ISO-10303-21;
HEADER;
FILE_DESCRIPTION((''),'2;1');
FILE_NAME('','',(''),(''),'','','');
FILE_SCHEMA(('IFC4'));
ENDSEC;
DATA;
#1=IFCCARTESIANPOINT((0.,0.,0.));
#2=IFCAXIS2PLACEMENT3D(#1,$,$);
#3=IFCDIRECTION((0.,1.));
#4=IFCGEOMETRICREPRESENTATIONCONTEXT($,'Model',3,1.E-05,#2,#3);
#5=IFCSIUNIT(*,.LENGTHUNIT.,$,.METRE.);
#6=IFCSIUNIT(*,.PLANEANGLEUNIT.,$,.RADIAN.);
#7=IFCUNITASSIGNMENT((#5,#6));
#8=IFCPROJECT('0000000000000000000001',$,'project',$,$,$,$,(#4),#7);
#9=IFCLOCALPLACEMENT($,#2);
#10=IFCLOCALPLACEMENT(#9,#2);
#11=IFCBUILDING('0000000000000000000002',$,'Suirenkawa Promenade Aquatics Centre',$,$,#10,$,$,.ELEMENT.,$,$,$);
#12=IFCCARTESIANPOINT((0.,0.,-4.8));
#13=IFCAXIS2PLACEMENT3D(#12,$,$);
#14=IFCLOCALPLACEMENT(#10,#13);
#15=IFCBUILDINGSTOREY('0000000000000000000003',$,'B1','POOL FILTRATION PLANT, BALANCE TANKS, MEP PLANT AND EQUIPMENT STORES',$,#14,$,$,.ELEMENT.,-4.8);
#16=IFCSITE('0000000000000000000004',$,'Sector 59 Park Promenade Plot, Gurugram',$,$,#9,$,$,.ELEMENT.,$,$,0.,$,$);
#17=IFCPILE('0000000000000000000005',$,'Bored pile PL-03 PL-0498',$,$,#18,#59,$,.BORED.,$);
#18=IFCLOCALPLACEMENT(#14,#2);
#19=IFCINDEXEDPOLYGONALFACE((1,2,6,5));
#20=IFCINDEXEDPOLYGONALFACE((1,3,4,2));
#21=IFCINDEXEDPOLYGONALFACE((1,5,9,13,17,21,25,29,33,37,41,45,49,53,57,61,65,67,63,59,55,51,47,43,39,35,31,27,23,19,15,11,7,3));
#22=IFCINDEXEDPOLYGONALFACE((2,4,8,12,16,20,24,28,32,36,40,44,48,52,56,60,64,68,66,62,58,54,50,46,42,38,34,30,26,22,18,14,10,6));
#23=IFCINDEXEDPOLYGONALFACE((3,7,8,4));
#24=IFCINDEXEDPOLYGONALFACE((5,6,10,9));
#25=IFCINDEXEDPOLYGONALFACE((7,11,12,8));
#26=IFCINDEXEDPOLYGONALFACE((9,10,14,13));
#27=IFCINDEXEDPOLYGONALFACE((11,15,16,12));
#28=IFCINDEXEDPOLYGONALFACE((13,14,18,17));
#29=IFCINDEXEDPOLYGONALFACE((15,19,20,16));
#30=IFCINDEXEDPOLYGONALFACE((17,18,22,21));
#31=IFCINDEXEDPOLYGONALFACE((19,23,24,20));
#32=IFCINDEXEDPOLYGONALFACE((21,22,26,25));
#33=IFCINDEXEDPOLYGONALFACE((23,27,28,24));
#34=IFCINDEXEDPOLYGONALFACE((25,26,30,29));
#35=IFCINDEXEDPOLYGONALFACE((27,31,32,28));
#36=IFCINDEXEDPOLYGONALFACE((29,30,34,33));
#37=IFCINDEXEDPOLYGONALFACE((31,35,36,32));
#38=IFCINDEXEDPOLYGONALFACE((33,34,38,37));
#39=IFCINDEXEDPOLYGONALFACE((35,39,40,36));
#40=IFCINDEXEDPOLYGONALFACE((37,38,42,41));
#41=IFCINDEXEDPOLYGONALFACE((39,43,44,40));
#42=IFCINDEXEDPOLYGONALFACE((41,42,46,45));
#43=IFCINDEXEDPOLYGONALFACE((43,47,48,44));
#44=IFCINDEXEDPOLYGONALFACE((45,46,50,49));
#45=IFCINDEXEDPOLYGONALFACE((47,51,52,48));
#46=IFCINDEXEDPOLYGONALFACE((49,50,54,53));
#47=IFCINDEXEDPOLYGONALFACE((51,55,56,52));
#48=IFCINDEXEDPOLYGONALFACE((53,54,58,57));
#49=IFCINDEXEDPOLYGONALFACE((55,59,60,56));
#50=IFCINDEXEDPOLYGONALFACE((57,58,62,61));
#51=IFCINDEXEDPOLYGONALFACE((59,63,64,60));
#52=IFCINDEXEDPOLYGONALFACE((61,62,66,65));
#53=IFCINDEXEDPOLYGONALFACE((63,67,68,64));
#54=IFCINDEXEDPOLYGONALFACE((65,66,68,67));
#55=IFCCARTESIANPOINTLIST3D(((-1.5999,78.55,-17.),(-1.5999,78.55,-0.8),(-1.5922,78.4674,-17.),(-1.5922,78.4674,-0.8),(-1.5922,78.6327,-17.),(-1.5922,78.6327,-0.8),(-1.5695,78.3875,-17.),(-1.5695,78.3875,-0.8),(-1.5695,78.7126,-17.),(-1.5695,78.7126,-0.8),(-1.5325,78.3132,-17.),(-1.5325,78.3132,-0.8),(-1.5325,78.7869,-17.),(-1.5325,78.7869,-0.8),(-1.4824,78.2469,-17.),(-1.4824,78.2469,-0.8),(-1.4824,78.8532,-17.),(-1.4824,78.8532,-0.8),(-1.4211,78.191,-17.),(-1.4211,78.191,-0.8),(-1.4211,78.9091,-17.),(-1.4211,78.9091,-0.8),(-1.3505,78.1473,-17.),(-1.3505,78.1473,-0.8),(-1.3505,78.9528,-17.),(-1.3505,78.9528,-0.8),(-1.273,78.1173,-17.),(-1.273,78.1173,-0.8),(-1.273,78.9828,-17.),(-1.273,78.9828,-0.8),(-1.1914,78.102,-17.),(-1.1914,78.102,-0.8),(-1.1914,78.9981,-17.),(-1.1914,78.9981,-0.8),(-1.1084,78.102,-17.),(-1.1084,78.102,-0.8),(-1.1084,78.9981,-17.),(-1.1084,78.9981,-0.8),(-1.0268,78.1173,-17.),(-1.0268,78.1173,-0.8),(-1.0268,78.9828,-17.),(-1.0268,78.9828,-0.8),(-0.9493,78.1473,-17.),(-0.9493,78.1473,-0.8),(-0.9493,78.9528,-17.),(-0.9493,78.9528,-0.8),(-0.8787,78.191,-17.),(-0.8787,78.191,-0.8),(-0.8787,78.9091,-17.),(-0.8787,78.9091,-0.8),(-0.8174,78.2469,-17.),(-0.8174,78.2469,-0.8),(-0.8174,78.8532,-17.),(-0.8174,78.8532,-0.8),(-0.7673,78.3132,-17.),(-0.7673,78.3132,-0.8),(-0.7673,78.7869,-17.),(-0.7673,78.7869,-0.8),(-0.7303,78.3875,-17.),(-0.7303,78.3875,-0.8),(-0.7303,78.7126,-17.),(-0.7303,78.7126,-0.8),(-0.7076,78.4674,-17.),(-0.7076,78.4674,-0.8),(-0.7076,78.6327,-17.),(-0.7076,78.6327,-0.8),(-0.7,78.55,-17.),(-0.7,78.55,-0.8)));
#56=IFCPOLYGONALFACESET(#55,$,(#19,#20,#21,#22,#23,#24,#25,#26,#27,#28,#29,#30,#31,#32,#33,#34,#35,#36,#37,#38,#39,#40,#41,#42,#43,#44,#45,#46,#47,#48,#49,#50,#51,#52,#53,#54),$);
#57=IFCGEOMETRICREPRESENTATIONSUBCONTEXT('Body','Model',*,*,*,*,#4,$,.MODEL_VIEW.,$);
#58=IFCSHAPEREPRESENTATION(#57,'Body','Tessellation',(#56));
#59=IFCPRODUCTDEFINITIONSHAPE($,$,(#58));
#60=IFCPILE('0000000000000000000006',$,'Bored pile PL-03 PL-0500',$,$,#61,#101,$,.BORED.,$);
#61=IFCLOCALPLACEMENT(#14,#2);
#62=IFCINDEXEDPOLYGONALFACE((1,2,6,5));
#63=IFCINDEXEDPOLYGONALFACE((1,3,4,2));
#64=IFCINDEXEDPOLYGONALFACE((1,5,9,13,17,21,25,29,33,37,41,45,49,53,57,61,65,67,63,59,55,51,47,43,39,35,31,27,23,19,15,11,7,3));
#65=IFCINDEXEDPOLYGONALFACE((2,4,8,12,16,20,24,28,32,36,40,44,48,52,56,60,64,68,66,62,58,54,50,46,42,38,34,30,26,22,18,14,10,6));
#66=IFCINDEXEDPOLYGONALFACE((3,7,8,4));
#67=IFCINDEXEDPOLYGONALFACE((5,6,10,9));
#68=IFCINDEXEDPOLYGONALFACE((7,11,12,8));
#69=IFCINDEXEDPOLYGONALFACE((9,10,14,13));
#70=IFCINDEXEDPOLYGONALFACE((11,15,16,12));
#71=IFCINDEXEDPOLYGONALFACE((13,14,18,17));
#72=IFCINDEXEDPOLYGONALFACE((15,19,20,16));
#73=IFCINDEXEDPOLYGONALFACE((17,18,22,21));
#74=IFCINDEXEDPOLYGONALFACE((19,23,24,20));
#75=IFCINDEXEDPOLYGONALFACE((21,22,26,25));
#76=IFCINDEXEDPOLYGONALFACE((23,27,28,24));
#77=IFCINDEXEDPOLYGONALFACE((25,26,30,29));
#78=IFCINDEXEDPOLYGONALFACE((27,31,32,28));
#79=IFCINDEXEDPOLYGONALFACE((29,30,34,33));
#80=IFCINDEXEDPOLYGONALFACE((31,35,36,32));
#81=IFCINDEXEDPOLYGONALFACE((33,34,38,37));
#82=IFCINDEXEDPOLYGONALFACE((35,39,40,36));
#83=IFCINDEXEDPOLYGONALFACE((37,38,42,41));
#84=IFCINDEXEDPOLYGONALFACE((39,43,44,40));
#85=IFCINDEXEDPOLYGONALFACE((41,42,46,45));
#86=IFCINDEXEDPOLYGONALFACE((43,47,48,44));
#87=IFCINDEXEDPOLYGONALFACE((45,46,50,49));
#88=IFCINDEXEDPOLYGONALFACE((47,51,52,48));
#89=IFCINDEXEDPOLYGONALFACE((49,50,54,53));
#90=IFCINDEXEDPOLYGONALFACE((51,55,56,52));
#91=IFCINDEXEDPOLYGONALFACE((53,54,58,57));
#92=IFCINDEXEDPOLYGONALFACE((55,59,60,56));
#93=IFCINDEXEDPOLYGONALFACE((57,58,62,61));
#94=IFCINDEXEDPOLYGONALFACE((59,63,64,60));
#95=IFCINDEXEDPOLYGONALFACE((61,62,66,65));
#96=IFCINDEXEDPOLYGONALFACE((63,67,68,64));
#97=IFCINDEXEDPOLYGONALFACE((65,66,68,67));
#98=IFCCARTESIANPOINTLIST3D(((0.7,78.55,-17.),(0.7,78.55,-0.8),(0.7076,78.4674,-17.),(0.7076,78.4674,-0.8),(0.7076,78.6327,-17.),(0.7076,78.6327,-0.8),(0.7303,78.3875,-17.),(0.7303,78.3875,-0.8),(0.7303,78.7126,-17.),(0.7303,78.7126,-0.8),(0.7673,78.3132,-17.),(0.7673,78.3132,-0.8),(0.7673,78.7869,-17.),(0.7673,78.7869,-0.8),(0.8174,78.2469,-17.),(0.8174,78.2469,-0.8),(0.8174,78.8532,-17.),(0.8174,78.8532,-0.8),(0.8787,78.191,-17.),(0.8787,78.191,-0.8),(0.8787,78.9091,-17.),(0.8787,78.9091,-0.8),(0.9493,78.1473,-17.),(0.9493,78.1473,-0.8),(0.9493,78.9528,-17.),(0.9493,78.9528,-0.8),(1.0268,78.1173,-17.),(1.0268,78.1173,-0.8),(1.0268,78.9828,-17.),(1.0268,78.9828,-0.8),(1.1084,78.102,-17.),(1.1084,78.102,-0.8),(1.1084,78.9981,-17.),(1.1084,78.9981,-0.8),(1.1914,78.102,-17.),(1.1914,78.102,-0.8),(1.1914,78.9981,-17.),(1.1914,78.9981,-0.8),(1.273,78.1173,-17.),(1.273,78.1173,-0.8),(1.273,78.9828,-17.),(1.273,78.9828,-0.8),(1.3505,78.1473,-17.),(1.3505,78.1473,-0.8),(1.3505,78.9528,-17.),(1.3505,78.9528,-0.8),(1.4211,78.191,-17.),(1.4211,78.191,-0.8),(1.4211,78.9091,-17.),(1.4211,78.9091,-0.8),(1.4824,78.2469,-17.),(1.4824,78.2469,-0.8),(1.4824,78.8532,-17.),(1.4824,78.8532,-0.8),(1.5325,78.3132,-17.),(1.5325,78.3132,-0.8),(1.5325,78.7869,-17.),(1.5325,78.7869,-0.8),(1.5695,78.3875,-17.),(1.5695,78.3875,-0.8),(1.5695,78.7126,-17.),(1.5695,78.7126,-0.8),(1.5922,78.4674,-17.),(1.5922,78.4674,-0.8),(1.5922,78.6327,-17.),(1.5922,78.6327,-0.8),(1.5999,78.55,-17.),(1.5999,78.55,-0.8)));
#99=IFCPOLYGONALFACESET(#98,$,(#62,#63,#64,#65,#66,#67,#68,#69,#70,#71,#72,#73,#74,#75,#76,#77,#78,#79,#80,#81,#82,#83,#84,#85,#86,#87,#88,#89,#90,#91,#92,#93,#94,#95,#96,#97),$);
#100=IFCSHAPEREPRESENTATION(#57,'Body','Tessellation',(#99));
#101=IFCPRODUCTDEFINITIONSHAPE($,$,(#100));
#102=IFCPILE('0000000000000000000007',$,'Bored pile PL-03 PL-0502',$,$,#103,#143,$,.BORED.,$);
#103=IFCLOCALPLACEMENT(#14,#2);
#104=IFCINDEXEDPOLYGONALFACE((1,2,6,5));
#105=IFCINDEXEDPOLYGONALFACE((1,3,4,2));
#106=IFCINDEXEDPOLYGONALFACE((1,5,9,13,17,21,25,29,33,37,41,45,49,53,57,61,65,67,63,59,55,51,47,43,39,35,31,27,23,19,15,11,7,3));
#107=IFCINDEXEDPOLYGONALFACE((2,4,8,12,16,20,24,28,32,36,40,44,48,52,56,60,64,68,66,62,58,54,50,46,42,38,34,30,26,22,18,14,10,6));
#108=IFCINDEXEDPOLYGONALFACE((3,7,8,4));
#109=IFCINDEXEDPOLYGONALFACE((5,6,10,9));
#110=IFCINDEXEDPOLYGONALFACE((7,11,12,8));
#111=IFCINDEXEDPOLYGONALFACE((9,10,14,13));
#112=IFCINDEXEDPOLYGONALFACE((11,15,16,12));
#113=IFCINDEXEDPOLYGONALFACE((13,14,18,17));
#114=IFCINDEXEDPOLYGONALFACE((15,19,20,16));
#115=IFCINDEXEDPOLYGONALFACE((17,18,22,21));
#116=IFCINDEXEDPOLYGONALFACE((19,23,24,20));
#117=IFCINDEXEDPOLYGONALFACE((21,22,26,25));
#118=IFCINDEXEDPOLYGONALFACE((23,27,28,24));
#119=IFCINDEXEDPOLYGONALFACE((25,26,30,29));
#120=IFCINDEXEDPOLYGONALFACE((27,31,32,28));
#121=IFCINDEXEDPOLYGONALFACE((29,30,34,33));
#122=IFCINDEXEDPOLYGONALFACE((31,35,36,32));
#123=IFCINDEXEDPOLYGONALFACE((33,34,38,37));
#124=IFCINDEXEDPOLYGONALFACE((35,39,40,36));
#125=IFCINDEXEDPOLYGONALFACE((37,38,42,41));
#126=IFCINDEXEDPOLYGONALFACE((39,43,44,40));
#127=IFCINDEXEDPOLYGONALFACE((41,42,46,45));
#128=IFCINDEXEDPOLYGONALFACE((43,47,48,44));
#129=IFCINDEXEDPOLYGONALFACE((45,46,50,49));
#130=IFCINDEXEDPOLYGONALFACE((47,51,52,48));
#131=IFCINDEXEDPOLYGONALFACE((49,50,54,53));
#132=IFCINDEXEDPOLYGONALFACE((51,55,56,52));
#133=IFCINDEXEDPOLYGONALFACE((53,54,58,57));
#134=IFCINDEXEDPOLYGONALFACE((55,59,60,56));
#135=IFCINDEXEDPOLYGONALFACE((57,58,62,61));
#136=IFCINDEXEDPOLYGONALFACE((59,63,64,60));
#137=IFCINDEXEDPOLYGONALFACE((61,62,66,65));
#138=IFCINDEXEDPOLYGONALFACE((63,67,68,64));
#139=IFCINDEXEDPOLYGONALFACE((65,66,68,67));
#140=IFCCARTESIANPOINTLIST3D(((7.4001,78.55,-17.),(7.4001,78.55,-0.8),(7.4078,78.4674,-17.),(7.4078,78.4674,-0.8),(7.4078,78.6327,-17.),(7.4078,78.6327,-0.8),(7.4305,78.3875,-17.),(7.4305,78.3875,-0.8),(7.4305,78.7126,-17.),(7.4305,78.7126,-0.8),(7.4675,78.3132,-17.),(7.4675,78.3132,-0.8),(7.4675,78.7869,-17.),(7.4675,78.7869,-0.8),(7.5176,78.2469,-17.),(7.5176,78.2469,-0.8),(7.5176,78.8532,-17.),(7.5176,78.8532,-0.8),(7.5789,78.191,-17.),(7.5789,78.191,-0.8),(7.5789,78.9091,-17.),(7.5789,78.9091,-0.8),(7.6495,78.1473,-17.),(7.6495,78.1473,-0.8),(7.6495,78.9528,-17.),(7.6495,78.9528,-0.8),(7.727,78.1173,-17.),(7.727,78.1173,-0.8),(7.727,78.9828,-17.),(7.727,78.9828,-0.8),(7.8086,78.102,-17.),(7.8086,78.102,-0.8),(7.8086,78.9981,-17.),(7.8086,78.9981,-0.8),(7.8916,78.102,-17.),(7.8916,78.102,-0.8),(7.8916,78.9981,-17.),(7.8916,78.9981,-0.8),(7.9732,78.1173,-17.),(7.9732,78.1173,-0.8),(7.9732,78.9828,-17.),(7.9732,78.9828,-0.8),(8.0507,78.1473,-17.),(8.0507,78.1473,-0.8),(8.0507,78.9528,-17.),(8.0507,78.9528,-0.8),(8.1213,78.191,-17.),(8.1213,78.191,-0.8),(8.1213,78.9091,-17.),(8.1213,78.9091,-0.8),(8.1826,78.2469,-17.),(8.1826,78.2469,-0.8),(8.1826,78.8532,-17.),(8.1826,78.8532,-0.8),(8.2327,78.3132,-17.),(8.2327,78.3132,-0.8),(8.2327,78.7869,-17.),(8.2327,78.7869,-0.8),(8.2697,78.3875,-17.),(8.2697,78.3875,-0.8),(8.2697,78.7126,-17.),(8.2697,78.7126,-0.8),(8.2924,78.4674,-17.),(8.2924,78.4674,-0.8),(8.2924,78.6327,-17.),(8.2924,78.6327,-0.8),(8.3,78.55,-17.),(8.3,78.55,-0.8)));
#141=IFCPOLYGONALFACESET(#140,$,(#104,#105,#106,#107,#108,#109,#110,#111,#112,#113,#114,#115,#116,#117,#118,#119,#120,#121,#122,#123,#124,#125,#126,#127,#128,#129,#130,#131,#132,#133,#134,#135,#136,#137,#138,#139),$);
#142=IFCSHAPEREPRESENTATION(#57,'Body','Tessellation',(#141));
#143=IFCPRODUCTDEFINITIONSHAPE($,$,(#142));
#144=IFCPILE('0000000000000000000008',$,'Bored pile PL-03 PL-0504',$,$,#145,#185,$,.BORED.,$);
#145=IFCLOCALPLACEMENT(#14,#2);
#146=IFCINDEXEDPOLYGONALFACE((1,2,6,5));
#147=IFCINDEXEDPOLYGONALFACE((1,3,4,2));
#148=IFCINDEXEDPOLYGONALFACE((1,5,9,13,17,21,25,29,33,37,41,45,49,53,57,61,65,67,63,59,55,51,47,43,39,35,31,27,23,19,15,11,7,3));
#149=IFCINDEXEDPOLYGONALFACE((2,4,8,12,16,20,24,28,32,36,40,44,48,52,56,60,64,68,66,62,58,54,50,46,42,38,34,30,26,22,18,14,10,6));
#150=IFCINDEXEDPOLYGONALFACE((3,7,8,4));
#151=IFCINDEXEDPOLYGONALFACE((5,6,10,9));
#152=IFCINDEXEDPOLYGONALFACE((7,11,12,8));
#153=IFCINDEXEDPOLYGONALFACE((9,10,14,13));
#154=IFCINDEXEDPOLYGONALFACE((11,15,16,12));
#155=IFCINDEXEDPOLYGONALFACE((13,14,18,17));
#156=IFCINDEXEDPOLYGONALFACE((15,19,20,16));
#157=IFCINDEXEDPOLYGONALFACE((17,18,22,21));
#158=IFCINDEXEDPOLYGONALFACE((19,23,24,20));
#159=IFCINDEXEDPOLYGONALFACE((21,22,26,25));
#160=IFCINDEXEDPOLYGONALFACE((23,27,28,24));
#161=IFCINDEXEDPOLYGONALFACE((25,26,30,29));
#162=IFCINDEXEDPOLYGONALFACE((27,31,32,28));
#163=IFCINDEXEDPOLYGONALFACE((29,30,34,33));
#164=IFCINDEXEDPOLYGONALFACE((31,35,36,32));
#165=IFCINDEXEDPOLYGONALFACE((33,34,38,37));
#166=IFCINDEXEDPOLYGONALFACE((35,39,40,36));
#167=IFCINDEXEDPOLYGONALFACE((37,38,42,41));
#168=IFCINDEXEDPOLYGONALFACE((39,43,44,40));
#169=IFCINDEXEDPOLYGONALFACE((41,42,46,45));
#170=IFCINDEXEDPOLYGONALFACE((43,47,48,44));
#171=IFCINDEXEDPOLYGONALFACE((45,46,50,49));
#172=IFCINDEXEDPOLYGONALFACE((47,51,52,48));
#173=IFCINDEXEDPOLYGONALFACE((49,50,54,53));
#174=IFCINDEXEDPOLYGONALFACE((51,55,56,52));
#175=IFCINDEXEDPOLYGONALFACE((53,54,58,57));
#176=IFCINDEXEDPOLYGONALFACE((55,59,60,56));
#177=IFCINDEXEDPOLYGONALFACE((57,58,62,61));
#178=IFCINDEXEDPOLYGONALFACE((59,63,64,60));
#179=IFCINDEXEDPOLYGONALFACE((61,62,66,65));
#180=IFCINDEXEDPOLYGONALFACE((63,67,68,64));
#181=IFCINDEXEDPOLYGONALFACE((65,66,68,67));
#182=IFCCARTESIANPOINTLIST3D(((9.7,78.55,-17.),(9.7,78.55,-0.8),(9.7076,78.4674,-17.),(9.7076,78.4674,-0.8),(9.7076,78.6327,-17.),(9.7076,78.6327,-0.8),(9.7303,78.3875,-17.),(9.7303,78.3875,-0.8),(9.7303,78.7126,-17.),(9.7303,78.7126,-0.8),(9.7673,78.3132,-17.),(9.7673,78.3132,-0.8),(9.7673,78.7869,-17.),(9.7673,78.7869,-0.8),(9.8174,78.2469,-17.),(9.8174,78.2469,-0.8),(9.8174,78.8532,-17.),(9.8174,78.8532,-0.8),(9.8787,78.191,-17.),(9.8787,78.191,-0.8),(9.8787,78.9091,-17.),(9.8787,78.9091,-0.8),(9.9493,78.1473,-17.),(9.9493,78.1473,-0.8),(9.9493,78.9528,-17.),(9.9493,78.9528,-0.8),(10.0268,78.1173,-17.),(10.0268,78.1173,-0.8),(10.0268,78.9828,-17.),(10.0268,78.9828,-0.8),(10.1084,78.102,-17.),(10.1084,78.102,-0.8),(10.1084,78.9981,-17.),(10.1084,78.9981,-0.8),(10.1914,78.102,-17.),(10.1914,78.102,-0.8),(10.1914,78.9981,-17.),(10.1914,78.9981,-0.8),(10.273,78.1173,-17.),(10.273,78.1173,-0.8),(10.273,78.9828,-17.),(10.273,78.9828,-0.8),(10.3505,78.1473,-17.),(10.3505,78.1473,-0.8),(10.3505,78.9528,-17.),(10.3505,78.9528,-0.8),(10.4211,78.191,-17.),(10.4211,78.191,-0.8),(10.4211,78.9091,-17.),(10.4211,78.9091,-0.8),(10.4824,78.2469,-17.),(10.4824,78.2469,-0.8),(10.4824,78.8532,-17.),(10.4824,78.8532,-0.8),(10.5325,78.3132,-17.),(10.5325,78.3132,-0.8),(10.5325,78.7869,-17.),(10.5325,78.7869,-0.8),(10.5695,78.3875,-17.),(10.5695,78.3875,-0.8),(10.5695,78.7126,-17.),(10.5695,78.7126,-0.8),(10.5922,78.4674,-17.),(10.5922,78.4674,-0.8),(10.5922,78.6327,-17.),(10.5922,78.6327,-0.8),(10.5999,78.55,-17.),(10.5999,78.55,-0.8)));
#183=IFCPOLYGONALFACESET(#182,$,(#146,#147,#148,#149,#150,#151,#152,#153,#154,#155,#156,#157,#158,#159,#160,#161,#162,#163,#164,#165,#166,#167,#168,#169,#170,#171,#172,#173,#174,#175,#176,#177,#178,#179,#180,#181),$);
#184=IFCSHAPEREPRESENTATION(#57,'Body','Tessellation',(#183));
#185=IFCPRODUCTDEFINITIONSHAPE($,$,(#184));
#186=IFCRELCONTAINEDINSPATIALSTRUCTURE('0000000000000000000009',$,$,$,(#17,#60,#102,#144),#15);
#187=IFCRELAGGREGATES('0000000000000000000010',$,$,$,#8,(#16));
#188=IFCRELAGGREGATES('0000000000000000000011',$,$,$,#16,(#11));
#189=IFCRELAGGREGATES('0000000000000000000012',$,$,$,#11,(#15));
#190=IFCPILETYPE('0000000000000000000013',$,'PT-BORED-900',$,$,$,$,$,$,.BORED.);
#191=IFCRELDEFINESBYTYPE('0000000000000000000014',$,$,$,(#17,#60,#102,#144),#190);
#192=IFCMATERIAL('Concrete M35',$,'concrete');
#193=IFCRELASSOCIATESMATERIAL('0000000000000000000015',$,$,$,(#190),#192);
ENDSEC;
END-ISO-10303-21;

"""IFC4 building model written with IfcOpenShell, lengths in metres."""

from ifc_helpers import new_model, si_unit, direction, frame, origin, origin_2d, place, context, subcontext, project, spatial, circle, extrude, material, material_profile, profile_set, type_object, element, save


model = new_model("IFC4")

# Units and contexts
model_context = context("Model", 3, precision=1e-05, world=origin(), true_north=direction((0.0, 1.0)))
body_context = subcontext(model_context, "Body", "Model", "MODEL_VIEW")
ifc_project = project(units=[si_unit("LENGTHUNIT", "METRE"), si_unit("PLANEANGLEUNIT", "RADIAN")], contexts=[model_context])

# Site, building, storey
site_placement = place(None, origin())
site = spatial("IfcSite", under=ifc_project, at=site_placement, Name="Sector 59 Park Promenade Plot, Gurugram", CompositionType="ELEMENT", RefElevation=0.0)
building_placement = place(site_placement, origin())
building = spatial("IfcBuilding", under=site, at=building_placement, Name="Suirenkawa Promenade Aquatics Centre", CompositionType="ELEMENT")
storey_placement = place(building_placement, frame((0.0, 0.0, -4.8)))
storey = spatial("IfcBuildingStorey", under=building, at=storey_placement, Name="B1", Description="POOL FILTRATION PLANT, BALANCE TANKS, MEP PLANT AND EQUIPMENT STORES", CompositionType="ELEMENT", Elevation=-4.8)

# Shared definitions
ifc_material_1 = material(Name="Concrete M35", Category="concrete")

# Piles
ifc_material_profile_1 = material_profile(ifc_material_1, circle(Radius=0.45, at=origin_2d()), Name="PILE D900", Category="concrete")
ifc_profile_set_1 = profile_set([ifc_material_profile_1], Name="Concrete M35")
pile_type_1 = type_object("IfcPileType", Name="PT-BORED-900", PredefinedType="BORED", material=ifc_profile_set_1)
for number, where, z_axis, x_axis, name in (
    (1, (-1.1499, 78.55, -0.8), (0.0, 0.0, -1.0), (1.0, 0.0, 0.0), "Bored pile PL-03 PL-0498"),
    (2, (1.1499, 78.55, -0.8), (0.0, 0.0, -1.0), (1.0, 0.0, 0.0), "Bored pile PL-03 PL-0500"),
    (3, (7.8501, 78.55, -0.8), (0.0, 0.0, -1.0), (1.0, 0.0, 0.0), "Bored pile PL-03 PL-0502"),
    (4, (10.1499, 78.55, -0.8), (0.0, 0.0, -1.0), (1.0, 0.0, 0.0), "Bored pile PL-03 PL-0504"),
):
    element("IfcPile", number, at=place(storey_placement, frame(where, z_axis=z_axis, x_axis=x_axis)), inside=storey, type_object=pile_type_1, Name=name, PredefinedType="BORED", context=body_context, shape_type="SweptSolid", body=[
        extrude(circle(Radius=0.45, at=origin_2d()), origin(), (0.0, 0.0, 1.0), 16.2),
    ])

save(model, "model.ifc")
